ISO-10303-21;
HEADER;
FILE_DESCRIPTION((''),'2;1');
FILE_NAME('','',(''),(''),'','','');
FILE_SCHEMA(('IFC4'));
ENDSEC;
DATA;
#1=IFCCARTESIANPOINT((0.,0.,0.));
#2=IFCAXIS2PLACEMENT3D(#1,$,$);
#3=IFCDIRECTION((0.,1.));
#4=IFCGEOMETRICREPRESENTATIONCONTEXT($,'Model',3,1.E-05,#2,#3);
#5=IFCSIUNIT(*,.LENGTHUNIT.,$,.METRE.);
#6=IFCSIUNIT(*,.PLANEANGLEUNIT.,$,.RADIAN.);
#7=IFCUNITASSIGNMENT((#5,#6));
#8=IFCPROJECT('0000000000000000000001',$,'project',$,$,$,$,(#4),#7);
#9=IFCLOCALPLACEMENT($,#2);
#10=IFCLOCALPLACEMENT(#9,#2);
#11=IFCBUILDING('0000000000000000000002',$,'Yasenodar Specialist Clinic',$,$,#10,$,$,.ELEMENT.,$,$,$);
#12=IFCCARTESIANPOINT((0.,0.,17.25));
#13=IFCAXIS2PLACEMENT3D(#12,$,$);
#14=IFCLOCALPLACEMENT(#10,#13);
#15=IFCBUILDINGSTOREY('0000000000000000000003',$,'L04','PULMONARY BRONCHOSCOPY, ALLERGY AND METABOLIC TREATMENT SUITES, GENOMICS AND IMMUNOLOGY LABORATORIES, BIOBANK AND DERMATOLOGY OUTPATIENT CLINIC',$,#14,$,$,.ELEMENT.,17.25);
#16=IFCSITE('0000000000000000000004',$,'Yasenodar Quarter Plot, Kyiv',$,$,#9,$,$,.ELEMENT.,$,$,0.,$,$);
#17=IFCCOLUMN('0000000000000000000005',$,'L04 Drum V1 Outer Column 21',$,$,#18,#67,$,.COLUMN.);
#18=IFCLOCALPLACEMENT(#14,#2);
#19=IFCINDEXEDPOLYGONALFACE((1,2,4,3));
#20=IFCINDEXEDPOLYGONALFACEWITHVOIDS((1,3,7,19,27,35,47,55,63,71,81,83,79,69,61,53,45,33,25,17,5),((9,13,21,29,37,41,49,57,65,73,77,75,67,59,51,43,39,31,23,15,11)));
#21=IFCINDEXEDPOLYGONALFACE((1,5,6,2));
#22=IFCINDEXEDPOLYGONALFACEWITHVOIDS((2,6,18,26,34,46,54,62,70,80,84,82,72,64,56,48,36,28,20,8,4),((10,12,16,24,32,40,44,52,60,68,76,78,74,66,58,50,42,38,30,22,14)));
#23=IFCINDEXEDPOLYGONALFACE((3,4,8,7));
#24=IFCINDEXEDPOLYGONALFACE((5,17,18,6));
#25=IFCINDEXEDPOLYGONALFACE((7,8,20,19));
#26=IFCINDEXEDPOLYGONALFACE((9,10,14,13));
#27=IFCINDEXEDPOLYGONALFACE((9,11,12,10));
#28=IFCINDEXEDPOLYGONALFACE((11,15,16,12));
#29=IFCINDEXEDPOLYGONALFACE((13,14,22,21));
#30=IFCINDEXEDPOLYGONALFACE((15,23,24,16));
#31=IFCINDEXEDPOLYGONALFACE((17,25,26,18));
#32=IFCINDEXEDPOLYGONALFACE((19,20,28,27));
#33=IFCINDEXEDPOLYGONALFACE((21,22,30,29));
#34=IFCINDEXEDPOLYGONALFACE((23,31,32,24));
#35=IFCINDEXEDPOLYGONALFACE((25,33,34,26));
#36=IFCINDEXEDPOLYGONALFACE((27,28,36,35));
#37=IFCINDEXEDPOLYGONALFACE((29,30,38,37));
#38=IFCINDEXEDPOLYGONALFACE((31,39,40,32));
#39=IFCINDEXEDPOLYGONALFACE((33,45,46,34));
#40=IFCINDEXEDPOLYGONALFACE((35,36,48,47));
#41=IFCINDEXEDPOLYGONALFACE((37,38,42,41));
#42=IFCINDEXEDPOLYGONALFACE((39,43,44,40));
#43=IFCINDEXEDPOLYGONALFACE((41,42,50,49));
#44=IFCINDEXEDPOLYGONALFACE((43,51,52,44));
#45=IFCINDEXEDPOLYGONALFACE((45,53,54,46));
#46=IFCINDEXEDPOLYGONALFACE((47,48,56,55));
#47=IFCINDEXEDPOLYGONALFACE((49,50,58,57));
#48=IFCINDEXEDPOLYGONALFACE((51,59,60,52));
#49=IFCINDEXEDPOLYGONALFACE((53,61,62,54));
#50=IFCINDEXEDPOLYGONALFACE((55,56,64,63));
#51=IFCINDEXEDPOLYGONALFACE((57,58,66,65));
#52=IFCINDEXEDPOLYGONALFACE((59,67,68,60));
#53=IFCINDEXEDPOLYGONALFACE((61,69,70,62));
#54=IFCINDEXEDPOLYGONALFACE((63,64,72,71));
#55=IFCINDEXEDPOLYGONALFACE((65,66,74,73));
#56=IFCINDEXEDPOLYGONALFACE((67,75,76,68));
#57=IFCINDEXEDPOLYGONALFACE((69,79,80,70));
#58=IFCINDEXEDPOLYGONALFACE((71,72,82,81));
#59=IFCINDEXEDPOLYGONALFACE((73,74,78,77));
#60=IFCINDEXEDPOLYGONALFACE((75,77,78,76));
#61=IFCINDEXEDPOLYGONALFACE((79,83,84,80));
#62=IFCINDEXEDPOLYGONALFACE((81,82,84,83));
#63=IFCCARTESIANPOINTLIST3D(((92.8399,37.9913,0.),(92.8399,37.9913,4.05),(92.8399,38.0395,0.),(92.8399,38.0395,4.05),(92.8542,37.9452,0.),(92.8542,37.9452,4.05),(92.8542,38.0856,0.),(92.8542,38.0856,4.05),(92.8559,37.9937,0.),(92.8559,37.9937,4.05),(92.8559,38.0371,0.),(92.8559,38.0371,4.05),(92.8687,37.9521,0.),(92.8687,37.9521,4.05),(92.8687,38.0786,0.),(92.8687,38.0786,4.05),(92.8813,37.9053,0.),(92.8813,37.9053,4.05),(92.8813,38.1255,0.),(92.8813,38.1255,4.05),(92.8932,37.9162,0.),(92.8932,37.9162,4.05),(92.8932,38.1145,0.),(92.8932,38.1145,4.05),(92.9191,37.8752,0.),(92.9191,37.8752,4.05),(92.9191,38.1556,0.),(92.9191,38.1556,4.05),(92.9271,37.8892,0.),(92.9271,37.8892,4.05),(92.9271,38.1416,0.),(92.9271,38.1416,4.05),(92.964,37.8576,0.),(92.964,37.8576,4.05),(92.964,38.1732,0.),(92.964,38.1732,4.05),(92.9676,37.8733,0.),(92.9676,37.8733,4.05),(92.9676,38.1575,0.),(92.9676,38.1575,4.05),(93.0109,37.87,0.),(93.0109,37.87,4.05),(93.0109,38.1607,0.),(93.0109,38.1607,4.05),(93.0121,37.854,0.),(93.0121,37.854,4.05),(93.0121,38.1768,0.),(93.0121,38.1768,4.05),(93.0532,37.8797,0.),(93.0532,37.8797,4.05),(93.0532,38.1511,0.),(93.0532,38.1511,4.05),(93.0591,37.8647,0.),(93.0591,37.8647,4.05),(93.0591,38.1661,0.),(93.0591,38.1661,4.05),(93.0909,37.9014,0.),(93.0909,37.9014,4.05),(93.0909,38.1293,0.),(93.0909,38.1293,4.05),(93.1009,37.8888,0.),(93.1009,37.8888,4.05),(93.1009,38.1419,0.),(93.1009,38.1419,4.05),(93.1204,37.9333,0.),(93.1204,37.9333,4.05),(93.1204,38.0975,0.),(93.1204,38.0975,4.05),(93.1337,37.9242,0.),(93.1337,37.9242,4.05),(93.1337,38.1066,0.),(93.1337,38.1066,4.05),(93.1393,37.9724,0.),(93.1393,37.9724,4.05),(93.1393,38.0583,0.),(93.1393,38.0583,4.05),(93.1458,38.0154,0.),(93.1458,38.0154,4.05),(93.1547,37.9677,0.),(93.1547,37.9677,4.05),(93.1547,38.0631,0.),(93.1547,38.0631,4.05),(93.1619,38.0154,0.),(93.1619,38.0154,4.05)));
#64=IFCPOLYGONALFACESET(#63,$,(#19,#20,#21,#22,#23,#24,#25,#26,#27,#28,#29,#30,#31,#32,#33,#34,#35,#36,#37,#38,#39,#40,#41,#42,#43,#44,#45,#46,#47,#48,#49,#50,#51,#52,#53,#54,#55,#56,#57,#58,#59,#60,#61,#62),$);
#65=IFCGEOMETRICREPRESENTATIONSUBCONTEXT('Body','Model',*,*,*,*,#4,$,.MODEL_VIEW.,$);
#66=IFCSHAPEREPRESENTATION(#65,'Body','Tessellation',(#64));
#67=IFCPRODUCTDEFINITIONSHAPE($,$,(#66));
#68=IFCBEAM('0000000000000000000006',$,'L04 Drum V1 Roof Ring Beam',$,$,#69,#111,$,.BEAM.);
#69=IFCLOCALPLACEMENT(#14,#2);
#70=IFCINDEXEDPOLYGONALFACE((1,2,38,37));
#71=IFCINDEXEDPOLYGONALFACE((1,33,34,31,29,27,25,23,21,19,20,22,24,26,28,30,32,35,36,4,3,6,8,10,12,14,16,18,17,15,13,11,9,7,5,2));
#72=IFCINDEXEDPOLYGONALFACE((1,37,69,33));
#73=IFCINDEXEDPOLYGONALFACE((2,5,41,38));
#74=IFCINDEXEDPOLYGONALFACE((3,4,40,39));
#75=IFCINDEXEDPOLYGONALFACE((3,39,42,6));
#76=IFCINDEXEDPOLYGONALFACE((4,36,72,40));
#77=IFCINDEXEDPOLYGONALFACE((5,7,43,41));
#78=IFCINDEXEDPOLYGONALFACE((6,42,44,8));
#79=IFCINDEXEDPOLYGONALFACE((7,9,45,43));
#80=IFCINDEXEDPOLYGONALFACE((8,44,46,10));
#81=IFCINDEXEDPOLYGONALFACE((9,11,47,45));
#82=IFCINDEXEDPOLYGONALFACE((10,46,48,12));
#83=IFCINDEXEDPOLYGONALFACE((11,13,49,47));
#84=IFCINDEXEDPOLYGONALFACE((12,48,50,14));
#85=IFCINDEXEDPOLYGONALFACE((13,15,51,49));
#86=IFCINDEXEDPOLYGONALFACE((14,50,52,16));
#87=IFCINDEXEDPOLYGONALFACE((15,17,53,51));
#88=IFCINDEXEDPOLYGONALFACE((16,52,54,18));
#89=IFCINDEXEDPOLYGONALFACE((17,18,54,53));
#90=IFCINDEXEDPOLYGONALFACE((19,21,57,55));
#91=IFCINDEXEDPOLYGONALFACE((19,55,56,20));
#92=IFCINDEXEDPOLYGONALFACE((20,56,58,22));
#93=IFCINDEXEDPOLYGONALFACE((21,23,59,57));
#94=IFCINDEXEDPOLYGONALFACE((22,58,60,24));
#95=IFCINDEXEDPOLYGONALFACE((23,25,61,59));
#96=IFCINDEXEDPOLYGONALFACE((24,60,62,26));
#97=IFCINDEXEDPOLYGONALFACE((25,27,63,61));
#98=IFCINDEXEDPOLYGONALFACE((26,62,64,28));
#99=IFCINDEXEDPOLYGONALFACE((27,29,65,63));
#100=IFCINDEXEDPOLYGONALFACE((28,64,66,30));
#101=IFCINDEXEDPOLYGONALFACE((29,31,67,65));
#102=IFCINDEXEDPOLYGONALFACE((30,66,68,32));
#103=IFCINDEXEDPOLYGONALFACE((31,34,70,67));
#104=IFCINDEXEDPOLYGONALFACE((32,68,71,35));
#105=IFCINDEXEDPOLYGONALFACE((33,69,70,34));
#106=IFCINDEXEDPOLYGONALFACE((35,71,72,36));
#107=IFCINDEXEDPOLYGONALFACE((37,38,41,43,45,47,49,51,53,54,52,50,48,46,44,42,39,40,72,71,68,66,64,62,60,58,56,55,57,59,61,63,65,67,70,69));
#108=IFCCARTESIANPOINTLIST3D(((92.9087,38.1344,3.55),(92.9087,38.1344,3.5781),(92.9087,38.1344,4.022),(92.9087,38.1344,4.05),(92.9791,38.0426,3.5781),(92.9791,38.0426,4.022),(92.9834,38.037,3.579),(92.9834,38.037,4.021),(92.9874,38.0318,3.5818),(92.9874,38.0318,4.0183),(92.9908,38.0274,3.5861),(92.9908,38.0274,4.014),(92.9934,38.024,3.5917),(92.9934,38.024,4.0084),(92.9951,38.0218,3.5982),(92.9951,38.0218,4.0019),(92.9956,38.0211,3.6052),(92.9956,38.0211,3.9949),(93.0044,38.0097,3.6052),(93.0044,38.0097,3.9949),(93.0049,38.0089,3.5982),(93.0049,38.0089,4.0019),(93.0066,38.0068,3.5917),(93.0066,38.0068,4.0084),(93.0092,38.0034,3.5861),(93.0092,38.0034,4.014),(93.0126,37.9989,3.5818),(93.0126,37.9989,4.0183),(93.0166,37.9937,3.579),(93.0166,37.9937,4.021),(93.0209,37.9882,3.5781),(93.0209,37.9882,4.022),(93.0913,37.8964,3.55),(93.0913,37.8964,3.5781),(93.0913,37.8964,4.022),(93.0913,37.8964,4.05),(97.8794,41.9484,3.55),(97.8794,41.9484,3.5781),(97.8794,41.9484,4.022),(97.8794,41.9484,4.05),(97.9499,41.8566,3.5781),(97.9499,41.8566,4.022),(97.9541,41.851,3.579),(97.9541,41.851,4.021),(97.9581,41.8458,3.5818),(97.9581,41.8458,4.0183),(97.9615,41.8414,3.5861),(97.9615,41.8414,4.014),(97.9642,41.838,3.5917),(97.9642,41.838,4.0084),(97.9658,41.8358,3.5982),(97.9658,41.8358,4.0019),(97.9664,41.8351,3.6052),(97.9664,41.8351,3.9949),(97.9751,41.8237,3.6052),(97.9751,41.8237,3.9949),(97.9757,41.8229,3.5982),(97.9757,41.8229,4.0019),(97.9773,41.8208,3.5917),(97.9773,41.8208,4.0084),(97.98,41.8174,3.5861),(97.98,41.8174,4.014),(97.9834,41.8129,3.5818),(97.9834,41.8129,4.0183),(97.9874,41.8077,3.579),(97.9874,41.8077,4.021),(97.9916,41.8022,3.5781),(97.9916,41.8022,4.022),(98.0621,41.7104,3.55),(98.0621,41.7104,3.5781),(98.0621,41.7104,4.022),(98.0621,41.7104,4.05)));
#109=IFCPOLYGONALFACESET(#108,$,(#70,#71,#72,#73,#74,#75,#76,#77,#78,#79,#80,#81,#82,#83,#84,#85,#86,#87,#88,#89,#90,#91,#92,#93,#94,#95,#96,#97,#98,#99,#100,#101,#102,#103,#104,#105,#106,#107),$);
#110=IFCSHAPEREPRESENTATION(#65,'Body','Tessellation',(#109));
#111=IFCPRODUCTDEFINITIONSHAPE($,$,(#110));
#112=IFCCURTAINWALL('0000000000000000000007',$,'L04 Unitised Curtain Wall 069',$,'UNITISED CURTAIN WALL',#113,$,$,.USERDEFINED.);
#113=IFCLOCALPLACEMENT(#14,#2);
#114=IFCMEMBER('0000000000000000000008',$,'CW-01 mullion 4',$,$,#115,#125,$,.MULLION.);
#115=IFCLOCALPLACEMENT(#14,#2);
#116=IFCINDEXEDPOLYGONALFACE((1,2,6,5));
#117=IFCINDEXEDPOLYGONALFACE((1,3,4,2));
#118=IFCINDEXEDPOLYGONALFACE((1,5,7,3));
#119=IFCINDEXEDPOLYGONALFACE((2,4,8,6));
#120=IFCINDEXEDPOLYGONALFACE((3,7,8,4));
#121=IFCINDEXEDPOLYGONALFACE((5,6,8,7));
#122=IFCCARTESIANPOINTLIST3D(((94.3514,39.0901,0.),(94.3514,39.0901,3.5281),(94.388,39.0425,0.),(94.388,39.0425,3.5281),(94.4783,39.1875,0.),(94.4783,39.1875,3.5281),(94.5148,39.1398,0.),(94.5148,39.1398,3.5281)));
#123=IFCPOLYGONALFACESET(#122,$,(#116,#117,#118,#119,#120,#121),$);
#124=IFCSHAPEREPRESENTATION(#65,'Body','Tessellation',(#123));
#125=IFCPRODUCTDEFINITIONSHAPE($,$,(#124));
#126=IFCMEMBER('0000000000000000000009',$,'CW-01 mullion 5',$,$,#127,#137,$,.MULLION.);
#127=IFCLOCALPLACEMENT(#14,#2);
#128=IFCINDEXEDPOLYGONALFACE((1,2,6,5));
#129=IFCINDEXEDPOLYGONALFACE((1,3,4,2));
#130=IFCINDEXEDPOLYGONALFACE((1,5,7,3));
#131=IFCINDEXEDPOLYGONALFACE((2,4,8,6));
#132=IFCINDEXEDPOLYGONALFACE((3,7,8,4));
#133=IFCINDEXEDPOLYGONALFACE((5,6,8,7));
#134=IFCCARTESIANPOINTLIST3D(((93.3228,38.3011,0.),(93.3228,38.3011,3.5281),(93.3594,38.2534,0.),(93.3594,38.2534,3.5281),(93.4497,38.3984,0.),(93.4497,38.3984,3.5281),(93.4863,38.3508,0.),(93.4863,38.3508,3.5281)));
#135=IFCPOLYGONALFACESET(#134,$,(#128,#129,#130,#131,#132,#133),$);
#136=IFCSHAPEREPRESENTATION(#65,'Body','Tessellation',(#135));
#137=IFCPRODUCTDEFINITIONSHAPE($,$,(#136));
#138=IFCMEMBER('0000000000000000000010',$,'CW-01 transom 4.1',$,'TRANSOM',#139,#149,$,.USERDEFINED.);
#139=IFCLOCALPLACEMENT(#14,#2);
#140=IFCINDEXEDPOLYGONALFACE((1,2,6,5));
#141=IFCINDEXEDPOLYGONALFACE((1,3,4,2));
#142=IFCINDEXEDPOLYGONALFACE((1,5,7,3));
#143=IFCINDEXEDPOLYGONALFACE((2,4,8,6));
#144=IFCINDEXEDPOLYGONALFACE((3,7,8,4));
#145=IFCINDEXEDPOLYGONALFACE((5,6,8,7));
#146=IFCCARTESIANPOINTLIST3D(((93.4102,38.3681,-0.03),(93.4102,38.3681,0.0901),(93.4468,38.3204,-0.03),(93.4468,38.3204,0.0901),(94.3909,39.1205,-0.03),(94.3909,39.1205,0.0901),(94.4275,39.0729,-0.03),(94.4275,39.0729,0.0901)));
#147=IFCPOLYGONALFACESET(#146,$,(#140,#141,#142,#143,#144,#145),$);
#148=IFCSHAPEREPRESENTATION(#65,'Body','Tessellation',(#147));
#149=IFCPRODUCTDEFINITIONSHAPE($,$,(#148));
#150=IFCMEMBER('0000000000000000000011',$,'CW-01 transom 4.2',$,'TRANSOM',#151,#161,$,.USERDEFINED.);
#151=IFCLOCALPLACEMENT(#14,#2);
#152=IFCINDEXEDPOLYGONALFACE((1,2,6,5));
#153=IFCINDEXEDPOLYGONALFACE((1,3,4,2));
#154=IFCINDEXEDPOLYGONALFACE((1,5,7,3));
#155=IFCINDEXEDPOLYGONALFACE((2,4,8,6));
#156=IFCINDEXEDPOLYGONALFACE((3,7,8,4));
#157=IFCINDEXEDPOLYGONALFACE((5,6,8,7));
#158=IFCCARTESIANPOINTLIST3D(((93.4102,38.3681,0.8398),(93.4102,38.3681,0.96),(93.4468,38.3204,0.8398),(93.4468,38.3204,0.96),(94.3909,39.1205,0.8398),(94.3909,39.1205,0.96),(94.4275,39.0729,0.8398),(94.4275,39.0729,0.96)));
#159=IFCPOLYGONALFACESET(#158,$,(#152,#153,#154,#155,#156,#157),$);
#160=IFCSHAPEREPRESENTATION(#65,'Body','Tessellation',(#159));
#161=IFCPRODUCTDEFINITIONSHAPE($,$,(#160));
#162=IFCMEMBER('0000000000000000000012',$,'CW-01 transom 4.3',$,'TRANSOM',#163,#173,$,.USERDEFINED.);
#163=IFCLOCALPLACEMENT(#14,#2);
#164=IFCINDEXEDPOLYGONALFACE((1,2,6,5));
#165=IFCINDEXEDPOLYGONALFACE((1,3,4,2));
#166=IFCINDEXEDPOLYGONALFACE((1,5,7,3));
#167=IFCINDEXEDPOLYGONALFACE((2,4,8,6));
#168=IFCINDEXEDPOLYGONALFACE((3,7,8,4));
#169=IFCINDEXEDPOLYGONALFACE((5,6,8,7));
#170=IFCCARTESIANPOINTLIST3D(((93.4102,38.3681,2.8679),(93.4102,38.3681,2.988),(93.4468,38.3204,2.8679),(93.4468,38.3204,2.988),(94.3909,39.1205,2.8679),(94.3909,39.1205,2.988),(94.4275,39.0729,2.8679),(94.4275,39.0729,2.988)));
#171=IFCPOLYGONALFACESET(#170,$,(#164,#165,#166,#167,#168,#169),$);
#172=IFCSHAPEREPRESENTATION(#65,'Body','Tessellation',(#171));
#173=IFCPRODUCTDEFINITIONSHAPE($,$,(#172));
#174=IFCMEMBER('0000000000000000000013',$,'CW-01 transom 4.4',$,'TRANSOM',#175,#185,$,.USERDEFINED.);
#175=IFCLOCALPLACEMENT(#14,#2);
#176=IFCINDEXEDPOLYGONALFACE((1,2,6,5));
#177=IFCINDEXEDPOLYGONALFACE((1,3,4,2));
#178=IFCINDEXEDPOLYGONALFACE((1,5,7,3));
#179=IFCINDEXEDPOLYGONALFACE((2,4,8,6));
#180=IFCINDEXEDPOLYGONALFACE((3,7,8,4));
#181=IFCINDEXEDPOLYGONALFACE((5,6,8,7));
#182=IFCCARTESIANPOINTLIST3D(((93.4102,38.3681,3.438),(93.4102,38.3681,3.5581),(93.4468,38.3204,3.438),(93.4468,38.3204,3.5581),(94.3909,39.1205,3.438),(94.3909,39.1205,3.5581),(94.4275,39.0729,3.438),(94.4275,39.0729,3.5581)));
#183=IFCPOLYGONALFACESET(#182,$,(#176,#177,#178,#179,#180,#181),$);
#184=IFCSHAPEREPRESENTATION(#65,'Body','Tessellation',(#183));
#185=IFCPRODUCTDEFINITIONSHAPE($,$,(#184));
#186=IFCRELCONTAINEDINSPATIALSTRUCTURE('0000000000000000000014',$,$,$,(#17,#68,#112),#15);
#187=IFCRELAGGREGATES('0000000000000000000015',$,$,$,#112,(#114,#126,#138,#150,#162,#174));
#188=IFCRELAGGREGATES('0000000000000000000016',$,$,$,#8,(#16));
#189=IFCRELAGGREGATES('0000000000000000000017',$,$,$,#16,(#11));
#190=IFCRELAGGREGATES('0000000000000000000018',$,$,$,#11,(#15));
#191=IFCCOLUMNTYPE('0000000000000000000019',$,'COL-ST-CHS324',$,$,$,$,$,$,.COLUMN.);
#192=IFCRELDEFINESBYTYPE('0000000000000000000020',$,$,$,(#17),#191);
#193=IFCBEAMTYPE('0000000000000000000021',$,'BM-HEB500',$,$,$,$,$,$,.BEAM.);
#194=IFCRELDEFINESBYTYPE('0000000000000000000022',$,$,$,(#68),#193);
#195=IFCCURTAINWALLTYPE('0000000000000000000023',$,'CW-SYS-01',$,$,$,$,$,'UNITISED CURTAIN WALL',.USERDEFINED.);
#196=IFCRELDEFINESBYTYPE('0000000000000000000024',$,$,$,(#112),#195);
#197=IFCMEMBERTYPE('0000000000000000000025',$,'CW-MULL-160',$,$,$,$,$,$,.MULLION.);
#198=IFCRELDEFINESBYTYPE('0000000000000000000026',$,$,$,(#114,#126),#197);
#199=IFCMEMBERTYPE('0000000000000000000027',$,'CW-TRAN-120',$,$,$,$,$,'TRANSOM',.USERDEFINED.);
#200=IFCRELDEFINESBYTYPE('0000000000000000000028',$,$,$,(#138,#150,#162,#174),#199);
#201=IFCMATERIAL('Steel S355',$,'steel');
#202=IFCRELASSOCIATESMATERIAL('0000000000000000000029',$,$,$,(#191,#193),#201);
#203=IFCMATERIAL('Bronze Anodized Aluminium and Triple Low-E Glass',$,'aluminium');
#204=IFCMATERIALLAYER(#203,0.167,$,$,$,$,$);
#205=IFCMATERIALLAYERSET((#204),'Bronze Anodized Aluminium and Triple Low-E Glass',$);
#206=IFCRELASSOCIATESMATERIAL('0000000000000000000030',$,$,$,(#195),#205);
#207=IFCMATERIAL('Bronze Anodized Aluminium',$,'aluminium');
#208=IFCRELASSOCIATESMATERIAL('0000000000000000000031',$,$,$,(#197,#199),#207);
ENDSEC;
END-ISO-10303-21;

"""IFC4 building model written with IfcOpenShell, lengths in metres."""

from ifc_helpers import new_model, si_unit, direction, frame, origin, origin_2d, place, context, subcontext, project, spatial, rectangle, hollow_circle, i_section, extrude, material, layer, layer_set, material_profile, profile_set, type_object, element, aggregate, save


model = new_model("IFC4")

# Units and contexts
model_context = context("Model", 3, precision=1e-05, world=origin(), true_north=direction((0.0, 1.0)))
body_context = subcontext(model_context, "Body", "Model", "MODEL_VIEW")
ifc_project = project(units=[si_unit("LENGTHUNIT", "METRE"), si_unit("PLANEANGLEUNIT", "RADIAN")], contexts=[model_context])

# Site, building, storey
site_placement = place(None, origin())
site = spatial("IfcSite", under=ifc_project, at=site_placement, Name="Yasenodar Quarter Plot, Kyiv", CompositionType="ELEMENT", RefElevation=0.0)
building_placement = place(site_placement, origin())
building = spatial("IfcBuilding", under=site, at=building_placement, Name="Yasenodar Specialist Clinic", CompositionType="ELEMENT")
storey_placement = place(building_placement, frame((0.0, 0.0, 17.25)))
storey = spatial("IfcBuildingStorey", under=building, at=storey_placement, Name="L04", Description="PULMONARY BRONCHOSCOPY, ALLERGY AND METABOLIC TREATMENT SUITES, GENOMICS AND IMMUNOLOGY LABORATORIES, BIOBANK AND DERMATOLOGY OUTPATIENT CLINIC", CompositionType="ELEMENT", Elevation=17.25)

# Column
ifc_material_1 = material(Name="Steel S355", Category="steel")
ifc_material_profile_1 = material_profile(ifc_material_1, hollow_circle(Radius=0.1619, WallThickness=0.0161, at=origin_2d()), Name="CHS 323.9x16")
ifc_profile_set_1 = profile_set([ifc_material_profile_1], Name="Steel S355")
column_type = type_object("IfcColumnType", Name="COL-ST-CHS324", PredefinedType="COLUMN", material=ifc_profile_set_1)
column_placement = place(storey_placement, frame((93.0, 38.0154, 0.0), z_axis=(0.0, 0.0, 1.0), x_axis=(1.0, 0.0, 0.0)))
element("IfcColumn", 1, at=column_placement, inside=storey, type_object=column_type, Name="L04 Drum V1 Outer Column 21", PredefinedType="COLUMN", context=body_context, shape_type="SweptSolid", body=[
    extrude(hollow_circle(Radius=0.1619, WallThickness=0.0161, at=origin_2d()), origin(), (0.0, 0.0, 1.0), 4.05),
])

# Beam
ifc_material_profile_2 = material_profile(ifc_material_1, i_section(OverallWidth=0.3, OverallDepth=0.5, WebThickness=0.0144, FlangeThickness=0.0281, FilletRadius=0.0271, at=origin_2d()), Name="HEB 500")
ifc_profile_set_2 = profile_set([ifc_material_profile_2], Name="Steel S355")
beam_type = type_object("IfcBeamType", Name="BM-HEB500", PredefinedType="BEAM", material=ifc_profile_set_2)
beam_placement = place(storey_placement, frame((93.0, 38.0154, 3.8), z_axis=(0.793368, 0.608742, 0.0), x_axis=(-0.608742, 0.793368, 0.0)))
element("IfcBeam", 2, at=beam_placement, inside=storey, type_object=beam_type, Name="L04 Drum V1 Roof Ring Beam", PredefinedType="BEAM", context=body_context, shape_type="SweptSolid", body=[
    extrude(i_section(OverallWidth=0.3, OverallDepth=0.5, WebThickness=0.0144, FlangeThickness=0.0281, FilletRadius=0.0271, at=origin_2d()), origin(), (0.0, 0.0, 1.0), 6.2654),
])

# Curtain wall, members
ifc_material_2 = material(Name="Bronze Anodized Aluminium and Triple Low-E Glass", Category="aluminium")
ifc_layer_1 = layer(ifc_material_2, 0.167)
ifc_layer_set_1 = layer_set([ifc_layer_1], Name="Bronze Anodized Aluminium and Triple Low-E Glass")
curtain_wall_type = type_object("IfcCurtainWallType", Name="CW-SYS-01", ElementType="UNITISED CURTAIN WALL", PredefinedType="USERDEFINED", material=ifc_layer_set_1)
curtain_wall_placement = place(storey_placement, origin())
curtain_wall = element("IfcCurtainWall", 3, at=curtain_wall_placement, inside=storey, type_object=curtain_wall_type, Name="L04 Unitised Curtain Wall 069", ObjectType="UNITISED CURTAIN WALL", PredefinedType="USERDEFINED")
ifc_material_3 = material(Name="Bronze Anodized Aluminium", Category="aluminium")
ifc_material_profile_3 = material_profile(ifc_material_3, rectangle(XDim=0.0601, YDim=0.1599, at=origin_2d()), Name="CW-MULL 60x160")
ifc_profile_set_3 = profile_set([ifc_material_profile_3], Name="Bronze Anodized Aluminium")
member_type_1 = type_object("IfcMemberType", Name="CW-MULL-160", PredefinedType="MULLION", material=ifc_profile_set_3)
member_1_placement = place(storey_placement, frame((94.4331, 39.115, 0.0), z_axis=(0.0, 0.0, 1.0), x_axis=(0.608752, -0.793361, 0.0)))
member_1 = element("IfcMember", 4, at=member_1_placement, type_object=member_type_1, Name="CW-01 mullion 4", PredefinedType="MULLION", context=body_context, shape_type="SweptSolid", body=[
    extrude(rectangle(XDim=0.0601, YDim=0.1599, at=origin_2d()), origin(), (0.0, 0.0, 1.0), 3.5281),
])
member_2_placement = place(storey_placement, frame((93.4045, 38.3259, 0.0), z_axis=(0.0, 0.0, 1.0), x_axis=(0.608752, -0.793361, 0.0)))
member_2 = element("IfcMember", 5, at=member_2_placement, type_object=member_type_1, Name="CW-01 mullion 5", PredefinedType="MULLION", context=body_context, shape_type="SweptSolid", body=[
    extrude(rectangle(XDim=0.0601, YDim=0.1599, at=origin_2d()), origin(), (0.0, 0.0, 1.0), 3.5281),
])
ifc_material_profile_4 = material_profile(ifc_material_3, rectangle(XDim=0.0601, YDim=0.1201, at=origin_2d()), Name="CW-TRAN 60x120")
ifc_profile_set_4 = profile_set([ifc_material_profile_4], Name="Bronze Anodized Aluminium")
member_type_2 = type_object("IfcMemberType", Name="CW-TRAN-120", ElementType="TRANSOM", PredefinedType="USERDEFINED", material=ifc_profile_set_4)
member_3_placement = place(storey_placement, frame((94.4092, 39.0967, 0.03), z_axis=(-0.793387, -0.608718, 0.0), x_axis=(0.608718, -0.793387, 0.0)))
member_3 = element("IfcMember", 6, at=member_3_placement, type_object=member_type_2, Name="CW-01 transom 4.1", ObjectType="TRANSOM", PredefinedType="USERDEFINED", context=body_context, shape_type="SweptSolid", body=[
    extrude(rectangle(XDim=0.0601, YDim=0.1201, at=origin_2d()), origin(), (0.0, 0.0, 1.0), 1.2361),
])
member_4_placement = place(storey_placement, frame((94.4092, 39.0967, 0.8999), z_axis=(-0.793387, -0.608718, 0.0), x_axis=(0.608718, -0.793387, 0.0)))
member_4 = element("IfcMember", 7, at=member_4_placement, type_object=member_type_2, Name="CW-01 transom 4.2", ObjectType="TRANSOM", PredefinedType="USERDEFINED", context=body_context, shape_type="SweptSolid", body=[
    extrude(rectangle(XDim=0.0601, YDim=0.1201, at=origin_2d()), origin(), (0.0, 0.0, 1.0), 1.2361),
])
member_5_placement = place(storey_placement, frame((94.4092, 39.0967, 2.928), z_axis=(-0.793387, -0.608718, 0.0), x_axis=(0.608718, -0.793387, 0.0)))
member_5 = element("IfcMember", 8, at=member_5_placement, type_object=member_type_2, Name="CW-01 transom 4.3", ObjectType="TRANSOM", PredefinedType="USERDEFINED", context=body_context, shape_type="SweptSolid", body=[
    extrude(rectangle(XDim=0.0601, YDim=0.1201, at=origin_2d()), origin(), (0.0, 0.0, 1.0), 1.2361),
])
member_6_placement = place(storey_placement, frame((94.4092, 39.0967, 3.498), z_axis=(-0.793387, -0.608718, 0.0), x_axis=(0.608718, -0.793387, 0.0)))
member_6 = element("IfcMember", 9, at=member_6_placement, type_object=member_type_2, Name="CW-01 transom 4.4", ObjectType="TRANSOM", PredefinedType="USERDEFINED", context=body_context, shape_type="SweptSolid", body=[
    extrude(rectangle(XDim=0.0601, YDim=0.1201, at=origin_2d()), origin(), (0.0, 0.0, 1.0), 1.2361),
])
aggregate(curtain_wall, [member_1, member_2, member_3, member_4, member_5, member_6])

save(model, "model.ifc")
